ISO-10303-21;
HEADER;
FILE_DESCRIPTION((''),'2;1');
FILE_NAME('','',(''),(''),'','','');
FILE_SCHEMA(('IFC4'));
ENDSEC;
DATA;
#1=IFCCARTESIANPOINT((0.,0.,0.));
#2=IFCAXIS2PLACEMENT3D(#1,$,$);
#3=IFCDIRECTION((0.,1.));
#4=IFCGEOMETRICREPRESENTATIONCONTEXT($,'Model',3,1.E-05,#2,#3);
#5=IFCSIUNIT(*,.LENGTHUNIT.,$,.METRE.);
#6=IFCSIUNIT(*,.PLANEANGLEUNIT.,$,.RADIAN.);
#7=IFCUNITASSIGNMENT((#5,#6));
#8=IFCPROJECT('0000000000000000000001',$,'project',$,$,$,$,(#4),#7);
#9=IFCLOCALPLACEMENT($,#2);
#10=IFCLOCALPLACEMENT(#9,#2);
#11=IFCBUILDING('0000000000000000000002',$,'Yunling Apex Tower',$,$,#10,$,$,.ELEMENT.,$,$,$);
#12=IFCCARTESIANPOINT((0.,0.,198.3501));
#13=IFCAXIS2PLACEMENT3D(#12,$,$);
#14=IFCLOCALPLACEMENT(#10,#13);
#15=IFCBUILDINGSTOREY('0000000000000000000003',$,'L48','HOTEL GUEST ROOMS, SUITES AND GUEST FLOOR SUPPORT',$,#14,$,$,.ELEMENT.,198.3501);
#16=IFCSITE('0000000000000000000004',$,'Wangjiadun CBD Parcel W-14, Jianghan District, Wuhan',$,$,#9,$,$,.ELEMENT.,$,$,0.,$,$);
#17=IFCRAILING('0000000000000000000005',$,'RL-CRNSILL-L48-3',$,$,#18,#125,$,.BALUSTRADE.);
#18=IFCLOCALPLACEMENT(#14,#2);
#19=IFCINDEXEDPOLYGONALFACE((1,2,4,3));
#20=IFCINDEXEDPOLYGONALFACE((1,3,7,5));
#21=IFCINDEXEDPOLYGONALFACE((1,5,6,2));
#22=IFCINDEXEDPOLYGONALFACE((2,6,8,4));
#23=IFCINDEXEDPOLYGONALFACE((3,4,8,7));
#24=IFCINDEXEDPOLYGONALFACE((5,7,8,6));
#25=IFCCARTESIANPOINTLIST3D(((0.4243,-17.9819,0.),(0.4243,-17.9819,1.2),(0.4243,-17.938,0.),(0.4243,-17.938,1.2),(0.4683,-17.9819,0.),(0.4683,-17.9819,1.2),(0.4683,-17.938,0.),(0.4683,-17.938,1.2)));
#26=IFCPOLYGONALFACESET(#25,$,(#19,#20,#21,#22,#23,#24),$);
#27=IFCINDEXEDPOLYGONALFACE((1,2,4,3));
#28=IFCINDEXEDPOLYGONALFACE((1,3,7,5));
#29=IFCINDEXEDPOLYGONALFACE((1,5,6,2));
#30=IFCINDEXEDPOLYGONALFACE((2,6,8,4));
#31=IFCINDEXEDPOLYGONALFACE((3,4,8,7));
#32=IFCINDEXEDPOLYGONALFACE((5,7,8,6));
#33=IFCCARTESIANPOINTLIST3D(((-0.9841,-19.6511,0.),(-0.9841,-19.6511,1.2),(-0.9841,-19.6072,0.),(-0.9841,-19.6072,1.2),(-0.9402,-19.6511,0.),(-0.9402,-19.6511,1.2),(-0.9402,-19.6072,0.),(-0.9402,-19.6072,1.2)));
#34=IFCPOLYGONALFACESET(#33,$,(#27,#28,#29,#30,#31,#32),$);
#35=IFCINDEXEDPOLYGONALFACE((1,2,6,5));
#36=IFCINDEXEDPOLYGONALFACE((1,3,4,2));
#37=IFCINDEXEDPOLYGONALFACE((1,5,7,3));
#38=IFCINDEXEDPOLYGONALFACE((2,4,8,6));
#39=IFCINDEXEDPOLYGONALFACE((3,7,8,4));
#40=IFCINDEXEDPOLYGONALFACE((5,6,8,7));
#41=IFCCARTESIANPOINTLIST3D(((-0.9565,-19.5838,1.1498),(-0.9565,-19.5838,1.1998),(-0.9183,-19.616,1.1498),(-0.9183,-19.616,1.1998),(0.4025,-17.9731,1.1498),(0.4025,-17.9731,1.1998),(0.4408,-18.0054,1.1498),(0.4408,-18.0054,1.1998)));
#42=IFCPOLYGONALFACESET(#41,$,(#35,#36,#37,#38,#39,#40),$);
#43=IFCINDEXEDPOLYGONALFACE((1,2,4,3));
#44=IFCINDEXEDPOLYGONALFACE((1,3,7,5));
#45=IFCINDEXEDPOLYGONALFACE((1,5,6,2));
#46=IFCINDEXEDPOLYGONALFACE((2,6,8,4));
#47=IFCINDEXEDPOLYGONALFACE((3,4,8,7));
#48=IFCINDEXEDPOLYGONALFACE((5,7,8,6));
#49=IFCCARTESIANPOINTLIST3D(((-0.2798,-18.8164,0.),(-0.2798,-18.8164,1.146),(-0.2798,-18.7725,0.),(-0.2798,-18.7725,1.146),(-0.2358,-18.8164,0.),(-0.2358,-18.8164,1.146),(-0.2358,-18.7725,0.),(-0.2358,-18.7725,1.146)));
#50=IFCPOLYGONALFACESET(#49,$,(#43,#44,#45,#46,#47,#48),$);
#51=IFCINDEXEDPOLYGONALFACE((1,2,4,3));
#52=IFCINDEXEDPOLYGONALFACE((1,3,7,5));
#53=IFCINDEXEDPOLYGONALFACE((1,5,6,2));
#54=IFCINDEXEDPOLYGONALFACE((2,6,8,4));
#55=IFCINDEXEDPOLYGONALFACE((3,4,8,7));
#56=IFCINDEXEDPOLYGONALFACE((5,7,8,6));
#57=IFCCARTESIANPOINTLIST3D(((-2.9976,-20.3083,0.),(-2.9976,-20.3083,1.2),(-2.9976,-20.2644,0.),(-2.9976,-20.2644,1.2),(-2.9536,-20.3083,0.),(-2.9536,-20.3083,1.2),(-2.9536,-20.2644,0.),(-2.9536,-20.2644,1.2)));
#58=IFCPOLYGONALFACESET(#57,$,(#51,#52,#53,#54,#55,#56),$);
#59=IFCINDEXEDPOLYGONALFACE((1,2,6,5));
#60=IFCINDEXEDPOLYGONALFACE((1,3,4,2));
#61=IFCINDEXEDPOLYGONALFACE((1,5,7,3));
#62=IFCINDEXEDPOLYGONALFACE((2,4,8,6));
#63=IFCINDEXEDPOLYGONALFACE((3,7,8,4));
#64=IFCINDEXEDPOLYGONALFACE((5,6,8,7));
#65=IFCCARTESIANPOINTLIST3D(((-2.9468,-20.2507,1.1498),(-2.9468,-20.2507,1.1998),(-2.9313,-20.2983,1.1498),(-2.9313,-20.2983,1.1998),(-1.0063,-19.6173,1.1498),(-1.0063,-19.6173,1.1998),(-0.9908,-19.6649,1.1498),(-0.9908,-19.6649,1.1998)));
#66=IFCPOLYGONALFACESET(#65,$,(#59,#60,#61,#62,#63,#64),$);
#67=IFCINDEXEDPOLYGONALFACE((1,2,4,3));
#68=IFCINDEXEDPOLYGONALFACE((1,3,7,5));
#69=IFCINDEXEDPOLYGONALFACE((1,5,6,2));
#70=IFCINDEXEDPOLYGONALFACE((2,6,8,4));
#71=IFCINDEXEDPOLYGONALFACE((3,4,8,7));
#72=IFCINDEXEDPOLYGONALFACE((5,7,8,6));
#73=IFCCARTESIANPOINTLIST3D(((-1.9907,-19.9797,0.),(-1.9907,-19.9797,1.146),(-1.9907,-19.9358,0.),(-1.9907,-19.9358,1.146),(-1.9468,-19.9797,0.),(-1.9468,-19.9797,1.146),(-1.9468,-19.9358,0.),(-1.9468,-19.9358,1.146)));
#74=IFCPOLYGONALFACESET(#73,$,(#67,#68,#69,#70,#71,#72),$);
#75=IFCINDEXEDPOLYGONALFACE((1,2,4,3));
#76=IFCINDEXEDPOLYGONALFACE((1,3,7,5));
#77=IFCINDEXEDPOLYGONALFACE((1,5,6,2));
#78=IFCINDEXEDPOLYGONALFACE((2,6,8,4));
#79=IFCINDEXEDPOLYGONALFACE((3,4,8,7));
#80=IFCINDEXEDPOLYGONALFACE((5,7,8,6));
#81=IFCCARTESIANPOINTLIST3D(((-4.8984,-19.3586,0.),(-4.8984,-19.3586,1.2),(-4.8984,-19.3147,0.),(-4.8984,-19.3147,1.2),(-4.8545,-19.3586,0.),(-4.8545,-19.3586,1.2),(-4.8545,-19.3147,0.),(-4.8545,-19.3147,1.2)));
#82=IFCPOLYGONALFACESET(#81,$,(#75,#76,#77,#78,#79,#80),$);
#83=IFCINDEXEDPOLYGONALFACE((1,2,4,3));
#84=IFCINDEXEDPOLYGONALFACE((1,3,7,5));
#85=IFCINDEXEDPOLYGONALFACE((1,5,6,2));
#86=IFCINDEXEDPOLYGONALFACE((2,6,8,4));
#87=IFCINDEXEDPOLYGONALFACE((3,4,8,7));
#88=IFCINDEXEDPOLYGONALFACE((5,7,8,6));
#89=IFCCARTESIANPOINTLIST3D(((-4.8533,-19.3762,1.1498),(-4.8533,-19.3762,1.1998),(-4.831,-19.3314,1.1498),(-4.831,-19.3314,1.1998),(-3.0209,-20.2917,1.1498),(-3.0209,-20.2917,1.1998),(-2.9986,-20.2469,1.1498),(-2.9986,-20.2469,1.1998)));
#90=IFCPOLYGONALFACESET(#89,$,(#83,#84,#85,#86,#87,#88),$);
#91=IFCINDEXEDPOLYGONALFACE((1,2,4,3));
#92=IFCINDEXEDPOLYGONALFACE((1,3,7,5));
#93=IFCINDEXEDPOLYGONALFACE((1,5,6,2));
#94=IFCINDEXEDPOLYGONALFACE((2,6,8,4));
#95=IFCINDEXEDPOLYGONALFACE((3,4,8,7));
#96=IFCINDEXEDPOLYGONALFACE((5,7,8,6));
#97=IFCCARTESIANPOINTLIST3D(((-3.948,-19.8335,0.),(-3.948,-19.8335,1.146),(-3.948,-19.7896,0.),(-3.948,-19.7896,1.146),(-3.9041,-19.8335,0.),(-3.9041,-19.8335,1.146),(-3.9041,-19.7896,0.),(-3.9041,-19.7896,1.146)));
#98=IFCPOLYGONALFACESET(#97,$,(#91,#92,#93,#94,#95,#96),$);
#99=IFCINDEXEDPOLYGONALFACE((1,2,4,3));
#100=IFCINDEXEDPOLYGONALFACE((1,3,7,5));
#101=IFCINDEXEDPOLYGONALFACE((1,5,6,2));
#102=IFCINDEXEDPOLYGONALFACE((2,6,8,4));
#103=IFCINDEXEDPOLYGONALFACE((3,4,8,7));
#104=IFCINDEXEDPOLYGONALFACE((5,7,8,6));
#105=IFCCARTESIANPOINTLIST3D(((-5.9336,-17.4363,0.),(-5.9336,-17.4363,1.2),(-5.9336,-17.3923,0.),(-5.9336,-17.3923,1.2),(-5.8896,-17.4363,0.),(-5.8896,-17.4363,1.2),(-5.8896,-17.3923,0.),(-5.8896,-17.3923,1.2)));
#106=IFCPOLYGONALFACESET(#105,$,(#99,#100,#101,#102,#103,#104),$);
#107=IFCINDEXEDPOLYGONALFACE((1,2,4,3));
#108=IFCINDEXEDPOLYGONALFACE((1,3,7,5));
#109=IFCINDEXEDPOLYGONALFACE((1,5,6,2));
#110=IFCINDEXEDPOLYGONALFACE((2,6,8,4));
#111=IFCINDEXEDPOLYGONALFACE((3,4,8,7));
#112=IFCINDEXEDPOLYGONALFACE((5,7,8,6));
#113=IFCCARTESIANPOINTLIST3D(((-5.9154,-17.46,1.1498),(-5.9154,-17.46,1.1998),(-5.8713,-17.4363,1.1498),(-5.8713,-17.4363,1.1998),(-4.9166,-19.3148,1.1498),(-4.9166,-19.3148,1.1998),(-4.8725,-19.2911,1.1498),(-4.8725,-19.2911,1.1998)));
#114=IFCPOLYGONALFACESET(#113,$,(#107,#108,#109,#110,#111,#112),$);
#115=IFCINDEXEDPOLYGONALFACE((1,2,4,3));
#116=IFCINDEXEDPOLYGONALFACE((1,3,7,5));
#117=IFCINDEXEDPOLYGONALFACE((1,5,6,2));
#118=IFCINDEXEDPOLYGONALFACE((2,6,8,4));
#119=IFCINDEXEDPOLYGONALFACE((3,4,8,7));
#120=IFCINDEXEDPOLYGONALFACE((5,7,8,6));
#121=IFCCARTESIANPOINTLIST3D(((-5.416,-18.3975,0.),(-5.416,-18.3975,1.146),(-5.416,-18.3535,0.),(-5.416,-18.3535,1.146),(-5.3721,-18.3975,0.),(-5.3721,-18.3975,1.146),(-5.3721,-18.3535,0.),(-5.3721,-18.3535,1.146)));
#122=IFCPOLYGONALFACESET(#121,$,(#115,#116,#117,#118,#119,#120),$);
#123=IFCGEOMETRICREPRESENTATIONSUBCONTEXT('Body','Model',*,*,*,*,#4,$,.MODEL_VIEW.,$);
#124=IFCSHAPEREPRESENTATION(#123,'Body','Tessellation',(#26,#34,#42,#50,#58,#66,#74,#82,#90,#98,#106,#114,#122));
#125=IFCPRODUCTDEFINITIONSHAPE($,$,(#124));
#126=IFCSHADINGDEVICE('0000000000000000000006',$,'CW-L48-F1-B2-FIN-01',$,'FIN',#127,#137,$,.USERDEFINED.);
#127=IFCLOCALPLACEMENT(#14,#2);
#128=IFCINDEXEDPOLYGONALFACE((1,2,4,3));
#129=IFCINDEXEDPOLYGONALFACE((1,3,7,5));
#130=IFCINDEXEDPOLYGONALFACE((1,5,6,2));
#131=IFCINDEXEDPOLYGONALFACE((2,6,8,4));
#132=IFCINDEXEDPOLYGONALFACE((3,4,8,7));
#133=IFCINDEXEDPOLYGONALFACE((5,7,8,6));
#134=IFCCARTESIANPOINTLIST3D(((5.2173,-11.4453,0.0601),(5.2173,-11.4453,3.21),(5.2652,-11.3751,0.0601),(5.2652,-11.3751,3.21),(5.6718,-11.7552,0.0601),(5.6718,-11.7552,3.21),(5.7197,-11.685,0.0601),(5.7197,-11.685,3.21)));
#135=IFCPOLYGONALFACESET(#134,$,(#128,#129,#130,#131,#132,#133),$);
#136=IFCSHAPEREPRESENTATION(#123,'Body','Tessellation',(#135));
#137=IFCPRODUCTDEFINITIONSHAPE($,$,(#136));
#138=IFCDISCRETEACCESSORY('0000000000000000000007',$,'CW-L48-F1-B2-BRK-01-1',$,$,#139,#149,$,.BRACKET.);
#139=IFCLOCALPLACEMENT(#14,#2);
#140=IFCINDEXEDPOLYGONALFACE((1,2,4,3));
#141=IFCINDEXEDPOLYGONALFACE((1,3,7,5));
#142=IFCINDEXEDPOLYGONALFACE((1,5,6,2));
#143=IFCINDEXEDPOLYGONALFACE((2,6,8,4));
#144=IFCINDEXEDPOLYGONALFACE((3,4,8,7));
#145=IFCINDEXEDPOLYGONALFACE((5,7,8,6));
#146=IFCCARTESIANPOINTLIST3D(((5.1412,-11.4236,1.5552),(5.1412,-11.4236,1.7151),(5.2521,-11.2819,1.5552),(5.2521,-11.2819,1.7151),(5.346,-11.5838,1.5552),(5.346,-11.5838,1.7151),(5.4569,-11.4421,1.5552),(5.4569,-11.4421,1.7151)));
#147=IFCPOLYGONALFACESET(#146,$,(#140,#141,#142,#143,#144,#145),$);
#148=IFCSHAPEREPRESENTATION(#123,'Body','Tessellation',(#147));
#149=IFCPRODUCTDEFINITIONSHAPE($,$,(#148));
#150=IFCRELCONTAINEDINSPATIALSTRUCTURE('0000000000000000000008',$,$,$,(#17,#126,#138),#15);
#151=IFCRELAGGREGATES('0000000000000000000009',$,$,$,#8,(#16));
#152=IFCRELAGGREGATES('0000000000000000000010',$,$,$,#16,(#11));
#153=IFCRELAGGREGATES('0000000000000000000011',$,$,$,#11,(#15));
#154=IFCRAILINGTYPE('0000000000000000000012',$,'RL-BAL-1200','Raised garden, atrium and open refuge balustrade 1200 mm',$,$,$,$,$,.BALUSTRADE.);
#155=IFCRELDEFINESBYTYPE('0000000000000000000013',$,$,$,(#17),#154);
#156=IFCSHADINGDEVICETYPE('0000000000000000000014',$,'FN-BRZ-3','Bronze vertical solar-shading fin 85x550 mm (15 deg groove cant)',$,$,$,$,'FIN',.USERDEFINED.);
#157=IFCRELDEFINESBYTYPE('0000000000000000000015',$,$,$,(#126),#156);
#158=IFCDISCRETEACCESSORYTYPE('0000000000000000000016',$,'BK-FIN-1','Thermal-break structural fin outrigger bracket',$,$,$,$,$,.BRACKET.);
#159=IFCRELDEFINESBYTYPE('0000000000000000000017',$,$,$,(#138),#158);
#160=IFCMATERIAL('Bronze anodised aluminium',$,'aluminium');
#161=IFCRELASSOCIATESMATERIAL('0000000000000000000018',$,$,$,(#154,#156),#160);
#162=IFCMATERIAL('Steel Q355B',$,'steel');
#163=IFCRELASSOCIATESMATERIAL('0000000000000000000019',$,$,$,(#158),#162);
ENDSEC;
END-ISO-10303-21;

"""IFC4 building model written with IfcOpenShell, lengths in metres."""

from ifc_helpers import new_model, si_unit, direction, frame, origin, origin_2d, place, context, subcontext, project, spatial, rectangle, extrude, source, transform, mapped, material, material_profile, profile_set, type_object, element, save


model = new_model("IFC4")

# Units and contexts
model_context = context("Model", 3, precision=1e-05, world=origin(), true_north=direction((0.0, 1.0)))
body_context = subcontext(model_context, "Body", "Model", "MODEL_VIEW")
ifc_project = project(units=[si_unit("LENGTHUNIT", "METRE"), si_unit("PLANEANGLEUNIT", "RADIAN")], contexts=[model_context])

# Site, building, storey
site_placement = place(None, origin())
site = spatial("IfcSite", under=ifc_project, at=site_placement, Name="Wangjiadun CBD Parcel W-14, Jianghan District, Wuhan", CompositionType="ELEMENT", RefElevation=0.0)
building_placement = place(site_placement, origin())
building = spatial("IfcBuilding", under=site, at=building_placement, Name="Yunling Apex Tower", CompositionType="ELEMENT")
storey_placement = place(building_placement, frame((0.0, 0.0, 198.3501)))
storey = spatial("IfcBuildingStorey", under=building, at=storey_placement, Name="L48", Description="HOTEL GUEST ROOMS, SUITES AND GUEST FLOOR SUPPORT", CompositionType="ELEMENT", Elevation=198.3501)

# Shared definitions
ifc_material_1 = material(Name="Steel Q355B", Category="steel")

# Shared definitions
ifc_material_2 = material(Name="Bronze anodised aluminium", Category="aluminium")

# Railing
railing_type = type_object("IfcRailingType", Name="RL-BAL-1200", Description="Raised garden, atrium and open refuge balustrade 1200 mm", PredefinedType="BALUSTRADE", material=ifc_material_2)
railing_placement = place(storey_placement, frame((0.4463, -17.96, 0.0)))
element("IfcRailing", 1, at=railing_placement, inside=storey, type_object=railing_type, Name="RL-CRNSILL-L48-3", PredefinedType="BALUSTRADE", context=body_context, shape_type="SweptSolid", body=[
    extrude(rectangle(XDim=0.0439, YDim=0.0439, at=origin_2d()), origin(), (0.0, 0.0, 1.0), 1.2),
    extrude(rectangle(XDim=0.0439, YDim=0.0439, at=origin_2d()), frame((-1.4084, -1.6692, 0.0)), (0.0, 0.0, 1.0), 1.2),
    extrude(rectangle(XDim=0.05, YDim=0.05, at=origin_2d()), frame((-0.0247, -0.0293, 1.1748), z_axis=(-0.644889, -0.764276, 0.0), x_axis=(0.764276, -0.644889, 0.0)), (0.0, 0.0, 1.0), 2.1074),
    extrude(rectangle(XDim=0.0439, YDim=0.0439, at=origin_2d()), frame((-0.7041, -0.8345, 0.0)), (0.0, 0.0, 1.0), 1.146),
    extrude(rectangle(XDim=0.0439, YDim=0.0439, at=origin_2d()), frame((-3.4219, -2.3264, 0.0)), (0.0, 0.0, 1.0), 1.2),
    extrude(rectangle(XDim=0.05, YDim=0.05, at=origin_2d()), frame((-1.4448, -1.6812, 1.1748), z_axis=(-0.950636, -0.310308, 0.0), x_axis=(0.310308, -0.950636, 0.0)), (0.0, 0.0, 1.0), 2.0413),
    extrude(rectangle(XDim=0.0439, YDim=0.0439, at=origin_2d()), frame((-2.415, -1.9978, 0.0)), (0.0, 0.0, 1.0), 1.146),
    extrude(rectangle(XDim=0.0439, YDim=0.0439, at=origin_2d()), frame((-5.3228, -1.3767, 0.0)), (0.0, 0.0, 1.0), 1.2),
    extrude(rectangle(XDim=0.05, YDim=0.05, at=origin_2d()), frame((-3.4561, -2.3093, 1.1748), z_axis=(-0.894565, 0.446938, 0.0), x_axis=(-0.446938, -0.894565, 0.0)), (0.0, 0.0, 1.0), 2.0483),
    extrude(rectangle(XDim=0.0439, YDim=0.0439, at=origin_2d()), frame((-4.3723, -1.8516, 0.0)), (0.0, 0.0, 1.0), 1.146),
    extrude(rectangle(XDim=0.0439, YDim=0.0439, at=origin_2d()), frame((-6.3579, 0.5457, 0.0)), (0.0, 0.0, 1.0), 1.2),
    extrude(rectangle(XDim=0.05, YDim=0.05, at=origin_2d()), frame((-5.3408, -1.343, 1.1748), z_axis=(-0.474113, 0.880464, 0.0), x_axis=(-0.880464, -0.474113, 0.0)), (0.0, 0.0, 1.0), 2.1067),
    extrude(rectangle(XDim=0.0439, YDim=0.0439, at=origin_2d()), frame((-5.8403, -0.4155, 0.0)), (0.0, 0.0, 1.0), 1.146),
])

# Shading device
ifc_material_profile_1 = material_profile(ifc_material_2, rectangle(XDim=0.085, YDim=0.55, at=origin_2d()))
ifc_profile_set_1 = profile_set([ifc_material_profile_1], Name="Bronze anodised aluminium")
shading_device_type = type_object("IfcShadingDeviceType", Name="FN-BRZ-3", Description="Bronze vertical solar-shading fin 85x550 mm (15 deg groove cant)", ElementType="FIN", PredefinedType="USERDEFINED", material=ifc_profile_set_1)
shared_shape_1 = source(origin(), body_context, "Body", "SweptSolid", [
    extrude(rectangle(XDim=0.085, YDim=0.55, at=origin_2d()), origin(), (0.0, 0.0, 1.0), 3.1499),
])
shading_device_placement = place(storey_placement, frame((5.4685, -11.5652, 0.0601), z_axis=(0.0, 0.0, 1.0), x_axis=(0.563382, 0.826197, 0.0)))
element("IfcShadingDevice", 2, at=shading_device_placement, inside=storey, type_object=shading_device_type, Name="CW-L48-F1-B2-FIN-01", ObjectType="FIN", PredefinedType="USERDEFINED", context=body_context, shape_type="MappedRepresentation", body=[
    mapped(shared_shape_1, transform((0.0, 0.0, 0.0), scale=1.0)),
])

# Discrete accessory
discrete_accessory_type = type_object("IfcDiscreteAccessoryType", Name="BK-FIN-1", Description="Thermal-break structural fin outrigger bracket", PredefinedType="BRACKET", material=ifc_material_1)
shared_shape_2 = source(origin(), body_context, "Body", "SweptSolid", [
    extrude(rectangle(XDim=0.1799, YDim=0.26, at=origin_2d()), origin(), (0.0, 0.0, 1.0), 0.1599),
])
discrete_accessory_placement = place(storey_placement, frame((5.2991, -11.4329, 1.5552), z_axis=(0.0, 0.0, 1.0), x_axis=(0.616211, 0.787581, 0.0)))
element("IfcDiscreteAccessory", 3, at=discrete_accessory_placement, inside=storey, type_object=discrete_accessory_type, Name="CW-L48-F1-B2-BRK-01-1", PredefinedType="BRACKET", context=body_context, shape_type="MappedRepresentation", body=[
    mapped(shared_shape_2, transform((0.0, 0.0, 0.0), scale=1.0)),
])

save(model, "model.ifc")
